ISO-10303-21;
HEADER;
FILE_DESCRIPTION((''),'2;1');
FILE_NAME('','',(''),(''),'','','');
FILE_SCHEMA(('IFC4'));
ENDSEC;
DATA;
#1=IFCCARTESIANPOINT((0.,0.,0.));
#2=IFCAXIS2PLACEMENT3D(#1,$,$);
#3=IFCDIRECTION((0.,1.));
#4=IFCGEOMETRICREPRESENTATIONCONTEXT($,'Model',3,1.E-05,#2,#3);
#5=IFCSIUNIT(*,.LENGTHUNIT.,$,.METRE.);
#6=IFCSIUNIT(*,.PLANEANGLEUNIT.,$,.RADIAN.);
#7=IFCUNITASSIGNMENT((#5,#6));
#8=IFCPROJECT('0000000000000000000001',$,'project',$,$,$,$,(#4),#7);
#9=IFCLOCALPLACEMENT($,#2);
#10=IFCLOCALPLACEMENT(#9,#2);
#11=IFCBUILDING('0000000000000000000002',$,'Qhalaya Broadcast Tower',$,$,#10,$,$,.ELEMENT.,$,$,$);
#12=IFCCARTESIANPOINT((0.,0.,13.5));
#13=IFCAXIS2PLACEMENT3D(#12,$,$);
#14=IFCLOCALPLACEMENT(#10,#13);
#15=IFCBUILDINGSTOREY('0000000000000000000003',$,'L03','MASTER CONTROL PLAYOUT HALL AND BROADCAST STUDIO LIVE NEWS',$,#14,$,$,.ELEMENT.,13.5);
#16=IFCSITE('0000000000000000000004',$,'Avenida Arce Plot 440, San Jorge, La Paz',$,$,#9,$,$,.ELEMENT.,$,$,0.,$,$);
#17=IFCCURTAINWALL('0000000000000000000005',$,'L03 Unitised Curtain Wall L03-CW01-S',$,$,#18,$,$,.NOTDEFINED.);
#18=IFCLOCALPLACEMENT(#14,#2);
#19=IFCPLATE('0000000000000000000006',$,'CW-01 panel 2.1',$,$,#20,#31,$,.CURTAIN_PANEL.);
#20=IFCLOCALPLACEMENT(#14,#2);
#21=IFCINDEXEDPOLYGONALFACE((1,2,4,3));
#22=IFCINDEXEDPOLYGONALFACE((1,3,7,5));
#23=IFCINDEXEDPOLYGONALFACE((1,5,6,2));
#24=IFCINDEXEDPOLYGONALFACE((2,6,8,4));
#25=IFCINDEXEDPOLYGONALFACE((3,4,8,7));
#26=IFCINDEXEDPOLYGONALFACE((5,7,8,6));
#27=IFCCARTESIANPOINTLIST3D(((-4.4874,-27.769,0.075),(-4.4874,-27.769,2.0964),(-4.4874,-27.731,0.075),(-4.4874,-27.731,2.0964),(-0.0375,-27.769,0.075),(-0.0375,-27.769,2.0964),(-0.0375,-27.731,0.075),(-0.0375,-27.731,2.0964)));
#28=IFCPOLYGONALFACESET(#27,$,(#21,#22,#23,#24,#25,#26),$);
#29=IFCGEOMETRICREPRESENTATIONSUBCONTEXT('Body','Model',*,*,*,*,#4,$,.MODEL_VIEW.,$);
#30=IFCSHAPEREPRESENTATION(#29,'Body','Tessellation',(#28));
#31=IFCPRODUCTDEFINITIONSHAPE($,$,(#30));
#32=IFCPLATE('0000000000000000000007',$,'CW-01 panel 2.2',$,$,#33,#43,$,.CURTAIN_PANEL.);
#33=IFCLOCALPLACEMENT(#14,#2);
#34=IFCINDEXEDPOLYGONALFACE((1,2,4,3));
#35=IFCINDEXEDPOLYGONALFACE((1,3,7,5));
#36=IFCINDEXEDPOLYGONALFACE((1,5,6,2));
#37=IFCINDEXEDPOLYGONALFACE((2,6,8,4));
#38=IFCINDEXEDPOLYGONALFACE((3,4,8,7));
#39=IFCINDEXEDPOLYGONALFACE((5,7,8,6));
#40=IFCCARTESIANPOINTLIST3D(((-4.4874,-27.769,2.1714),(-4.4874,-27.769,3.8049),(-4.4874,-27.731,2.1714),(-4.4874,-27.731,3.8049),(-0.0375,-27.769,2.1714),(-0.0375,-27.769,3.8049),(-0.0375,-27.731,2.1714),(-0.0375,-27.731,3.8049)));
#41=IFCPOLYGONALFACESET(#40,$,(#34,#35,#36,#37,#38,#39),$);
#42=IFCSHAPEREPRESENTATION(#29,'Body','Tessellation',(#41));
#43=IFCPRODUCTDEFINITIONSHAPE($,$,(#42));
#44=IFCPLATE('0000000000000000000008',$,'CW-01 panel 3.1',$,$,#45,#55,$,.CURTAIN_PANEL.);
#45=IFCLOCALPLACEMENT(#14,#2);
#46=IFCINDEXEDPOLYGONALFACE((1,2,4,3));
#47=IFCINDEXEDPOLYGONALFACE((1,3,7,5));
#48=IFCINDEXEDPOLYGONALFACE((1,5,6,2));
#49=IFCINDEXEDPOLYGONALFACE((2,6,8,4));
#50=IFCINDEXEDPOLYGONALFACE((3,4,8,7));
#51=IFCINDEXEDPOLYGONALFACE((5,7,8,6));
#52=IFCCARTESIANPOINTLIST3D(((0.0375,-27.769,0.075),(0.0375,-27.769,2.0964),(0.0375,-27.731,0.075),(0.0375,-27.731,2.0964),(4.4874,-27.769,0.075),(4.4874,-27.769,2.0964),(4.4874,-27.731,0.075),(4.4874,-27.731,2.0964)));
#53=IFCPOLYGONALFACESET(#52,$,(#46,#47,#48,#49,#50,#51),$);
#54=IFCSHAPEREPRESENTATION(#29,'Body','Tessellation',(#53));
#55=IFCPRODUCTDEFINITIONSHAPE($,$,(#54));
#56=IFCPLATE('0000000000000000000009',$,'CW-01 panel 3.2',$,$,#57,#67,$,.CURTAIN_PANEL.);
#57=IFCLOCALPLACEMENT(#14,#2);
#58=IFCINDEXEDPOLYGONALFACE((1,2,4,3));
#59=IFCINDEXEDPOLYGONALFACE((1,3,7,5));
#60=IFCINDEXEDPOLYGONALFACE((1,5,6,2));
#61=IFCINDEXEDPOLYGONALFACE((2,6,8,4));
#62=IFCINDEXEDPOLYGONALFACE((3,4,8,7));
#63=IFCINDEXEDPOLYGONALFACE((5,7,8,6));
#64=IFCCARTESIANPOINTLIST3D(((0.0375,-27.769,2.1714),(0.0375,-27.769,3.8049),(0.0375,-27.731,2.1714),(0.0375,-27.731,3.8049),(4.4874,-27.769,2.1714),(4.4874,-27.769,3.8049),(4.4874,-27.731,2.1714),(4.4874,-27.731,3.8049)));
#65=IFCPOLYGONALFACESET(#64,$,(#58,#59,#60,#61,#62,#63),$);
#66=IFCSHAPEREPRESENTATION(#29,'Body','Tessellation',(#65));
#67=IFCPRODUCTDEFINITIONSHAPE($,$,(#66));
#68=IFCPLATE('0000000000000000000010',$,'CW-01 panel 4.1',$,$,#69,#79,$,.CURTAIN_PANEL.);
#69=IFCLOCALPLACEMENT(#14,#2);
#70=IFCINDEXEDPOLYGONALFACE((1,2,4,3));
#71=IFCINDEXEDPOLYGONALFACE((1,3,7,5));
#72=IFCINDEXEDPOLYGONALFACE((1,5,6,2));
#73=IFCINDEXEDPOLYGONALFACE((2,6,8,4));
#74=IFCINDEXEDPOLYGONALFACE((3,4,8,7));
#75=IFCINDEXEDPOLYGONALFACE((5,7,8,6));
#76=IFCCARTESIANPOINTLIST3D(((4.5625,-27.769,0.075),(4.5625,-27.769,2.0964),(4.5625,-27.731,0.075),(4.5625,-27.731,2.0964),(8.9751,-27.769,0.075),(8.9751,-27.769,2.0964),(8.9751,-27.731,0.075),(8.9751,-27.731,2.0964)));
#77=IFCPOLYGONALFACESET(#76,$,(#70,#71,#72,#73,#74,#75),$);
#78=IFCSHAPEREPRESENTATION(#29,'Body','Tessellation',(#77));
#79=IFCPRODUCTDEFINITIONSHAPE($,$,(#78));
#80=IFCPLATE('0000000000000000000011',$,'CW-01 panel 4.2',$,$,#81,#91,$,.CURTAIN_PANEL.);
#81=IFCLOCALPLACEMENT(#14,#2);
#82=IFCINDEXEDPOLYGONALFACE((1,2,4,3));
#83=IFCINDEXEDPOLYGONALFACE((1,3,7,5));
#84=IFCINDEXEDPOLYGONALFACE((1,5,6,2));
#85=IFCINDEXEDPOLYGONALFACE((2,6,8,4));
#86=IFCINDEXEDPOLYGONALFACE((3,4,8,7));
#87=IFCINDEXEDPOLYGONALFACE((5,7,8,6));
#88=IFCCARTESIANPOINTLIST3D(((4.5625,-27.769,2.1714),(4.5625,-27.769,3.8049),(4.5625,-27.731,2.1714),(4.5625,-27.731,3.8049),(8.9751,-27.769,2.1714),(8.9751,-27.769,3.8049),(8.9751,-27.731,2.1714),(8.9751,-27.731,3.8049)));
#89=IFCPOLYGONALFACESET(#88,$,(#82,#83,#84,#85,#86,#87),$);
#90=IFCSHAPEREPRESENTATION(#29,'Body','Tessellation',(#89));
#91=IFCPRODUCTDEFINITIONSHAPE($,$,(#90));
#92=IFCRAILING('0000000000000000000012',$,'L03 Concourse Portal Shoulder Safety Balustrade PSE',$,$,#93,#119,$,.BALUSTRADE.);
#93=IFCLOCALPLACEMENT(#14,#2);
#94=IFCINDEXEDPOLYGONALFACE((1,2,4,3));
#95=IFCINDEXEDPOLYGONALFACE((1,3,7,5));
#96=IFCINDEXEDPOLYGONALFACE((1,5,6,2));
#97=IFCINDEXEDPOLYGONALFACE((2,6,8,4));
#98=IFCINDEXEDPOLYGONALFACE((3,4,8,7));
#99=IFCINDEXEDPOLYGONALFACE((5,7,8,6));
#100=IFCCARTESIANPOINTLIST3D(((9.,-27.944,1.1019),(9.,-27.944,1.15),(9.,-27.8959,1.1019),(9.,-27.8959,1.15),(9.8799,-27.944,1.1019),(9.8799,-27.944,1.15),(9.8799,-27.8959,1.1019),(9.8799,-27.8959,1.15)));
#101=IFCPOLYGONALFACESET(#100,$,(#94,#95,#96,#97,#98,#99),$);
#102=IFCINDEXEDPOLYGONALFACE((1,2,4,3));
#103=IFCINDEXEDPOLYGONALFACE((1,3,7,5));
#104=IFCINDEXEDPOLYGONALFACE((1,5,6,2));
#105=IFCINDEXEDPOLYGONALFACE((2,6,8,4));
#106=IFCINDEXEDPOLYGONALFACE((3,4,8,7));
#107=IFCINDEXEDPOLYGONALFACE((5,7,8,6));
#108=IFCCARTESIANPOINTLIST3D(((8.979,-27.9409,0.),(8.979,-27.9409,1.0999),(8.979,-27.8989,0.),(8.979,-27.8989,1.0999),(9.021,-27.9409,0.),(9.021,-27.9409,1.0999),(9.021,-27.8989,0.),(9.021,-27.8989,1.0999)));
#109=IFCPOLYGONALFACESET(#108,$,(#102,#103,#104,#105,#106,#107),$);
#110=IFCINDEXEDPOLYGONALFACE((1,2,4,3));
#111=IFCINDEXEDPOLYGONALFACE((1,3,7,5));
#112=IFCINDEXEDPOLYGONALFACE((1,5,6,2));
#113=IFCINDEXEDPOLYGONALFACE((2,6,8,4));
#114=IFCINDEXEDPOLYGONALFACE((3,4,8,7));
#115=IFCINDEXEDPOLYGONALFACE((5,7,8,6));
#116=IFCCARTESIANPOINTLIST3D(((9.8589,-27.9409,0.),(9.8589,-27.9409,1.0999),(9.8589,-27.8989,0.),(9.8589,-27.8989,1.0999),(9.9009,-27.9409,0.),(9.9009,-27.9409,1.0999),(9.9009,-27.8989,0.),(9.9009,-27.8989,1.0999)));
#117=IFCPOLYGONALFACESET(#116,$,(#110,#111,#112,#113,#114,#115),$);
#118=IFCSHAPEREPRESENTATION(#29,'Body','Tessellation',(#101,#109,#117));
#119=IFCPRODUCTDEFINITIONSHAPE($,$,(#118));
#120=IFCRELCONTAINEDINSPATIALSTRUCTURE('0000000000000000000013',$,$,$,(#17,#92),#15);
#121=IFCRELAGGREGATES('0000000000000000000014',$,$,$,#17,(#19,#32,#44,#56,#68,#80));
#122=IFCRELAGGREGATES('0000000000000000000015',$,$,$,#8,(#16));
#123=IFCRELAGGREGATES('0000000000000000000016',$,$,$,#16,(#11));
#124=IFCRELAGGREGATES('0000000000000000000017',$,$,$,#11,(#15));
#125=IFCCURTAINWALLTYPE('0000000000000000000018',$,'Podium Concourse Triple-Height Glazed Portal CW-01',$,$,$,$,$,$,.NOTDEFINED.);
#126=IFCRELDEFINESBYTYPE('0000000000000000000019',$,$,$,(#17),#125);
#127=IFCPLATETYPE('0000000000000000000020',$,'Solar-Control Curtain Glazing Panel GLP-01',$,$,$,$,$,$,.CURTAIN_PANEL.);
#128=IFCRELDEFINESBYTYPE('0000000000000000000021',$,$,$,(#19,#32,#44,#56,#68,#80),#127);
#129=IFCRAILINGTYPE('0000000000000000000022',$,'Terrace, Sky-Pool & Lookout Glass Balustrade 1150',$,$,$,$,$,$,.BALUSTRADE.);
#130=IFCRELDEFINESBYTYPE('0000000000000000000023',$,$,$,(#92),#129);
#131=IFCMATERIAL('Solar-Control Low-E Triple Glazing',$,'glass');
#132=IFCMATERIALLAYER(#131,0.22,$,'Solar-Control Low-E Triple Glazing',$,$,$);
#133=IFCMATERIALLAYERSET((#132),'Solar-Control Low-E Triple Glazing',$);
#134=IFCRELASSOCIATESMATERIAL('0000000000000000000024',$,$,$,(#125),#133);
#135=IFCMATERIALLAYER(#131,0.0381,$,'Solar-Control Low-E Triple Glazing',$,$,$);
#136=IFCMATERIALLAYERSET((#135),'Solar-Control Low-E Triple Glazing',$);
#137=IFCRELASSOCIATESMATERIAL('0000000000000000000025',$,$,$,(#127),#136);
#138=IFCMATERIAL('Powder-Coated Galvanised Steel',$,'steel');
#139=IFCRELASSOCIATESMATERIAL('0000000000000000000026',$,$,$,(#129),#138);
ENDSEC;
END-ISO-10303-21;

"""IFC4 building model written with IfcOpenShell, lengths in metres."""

from ifc_helpers import new_model, si_unit, direction, frame, origin, origin_2d, place, context, subcontext, project, spatial, rectangle, extrude, material, layer, layer_set, type_object, element, aggregate, save


model = new_model("IFC4")

# Units and contexts
model_context = context("Model", 3, precision=1e-05, world=origin(), true_north=direction((0.0, 1.0)))
body_context = subcontext(model_context, "Body", "Model", "MODEL_VIEW")
ifc_project = project(units=[si_unit("LENGTHUNIT", "METRE"), si_unit("PLANEANGLEUNIT", "RADIAN")], contexts=[model_context])

# Site, building, storey
site_placement = place(None, origin())
site = spatial("IfcSite", under=ifc_project, at=site_placement, Name="Avenida Arce Plot 440, San Jorge, La Paz", CompositionType="ELEMENT", RefElevation=0.0)
building_placement = place(site_placement, origin())
building = spatial("IfcBuilding", under=site, at=building_placement, Name="Qhalaya Broadcast Tower", CompositionType="ELEMENT")
storey_placement = place(building_placement, frame((0.0, 0.0, 13.5)))
storey = spatial("IfcBuildingStorey", under=building, at=storey_placement, Name="L03", Description="MASTER CONTROL PLAYOUT HALL AND BROADCAST STUDIO LIVE NEWS", CompositionType="ELEMENT", Elevation=13.5)

# Curtain wall, plates
ifc_material_1 = material(Name="Solar-Control Low-E Triple Glazing", Category="glass")
ifc_layer_1 = layer(ifc_material_1, 0.22, Name="Solar-Control Low-E Triple Glazing")
ifc_layer_set_1 = layer_set([ifc_layer_1], Name="Solar-Control Low-E Triple Glazing")
curtain_wall_type = type_object("IfcCurtainWallType", Name="Podium Concourse Triple-Height Glazed Portal CW-01", PredefinedType="NOTDEFINED", material=ifc_layer_set_1)
curtain_wall_placement = place(storey_placement, origin())
curtain_wall = element("IfcCurtainWall", 1, at=curtain_wall_placement, inside=storey, type_object=curtain_wall_type, Name="L03 Unitised Curtain Wall L03-CW01-S", PredefinedType="NOTDEFINED")
ifc_layer_2 = layer(ifc_material_1, 0.0381, Name="Solar-Control Low-E Triple Glazing")
ifc_layer_set_2 = layer_set([ifc_layer_2], Name="Solar-Control Low-E Triple Glazing")
plate_type = type_object("IfcPlateType", Name="Solar-Control Curtain Glazing Panel GLP-01", PredefinedType="CURTAIN_PANEL", material=ifc_layer_set_2)
plate_1_placement = place(storey_placement, frame((-2.2625, -27.75, 0.075), z_axis=(0.0, 0.0, 1.0), x_axis=(1.0, 0.0, 0.0)))
plate_1 = element("IfcPlate", 2, at=plate_1_placement, type_object=plate_type, Name="CW-01 panel 2.1", PredefinedType="CURTAIN_PANEL", context=body_context, shape_type="SweptSolid", body=[
    extrude(rectangle(XDim=4.45, YDim=0.0381, at=origin_2d()), origin(), (0.0, 0.0, 1.0), 2.0215),
])
plate_2_placement = place(storey_placement, frame((-2.2625, -27.75, 2.1714), z_axis=(0.0, 0.0, 1.0), x_axis=(1.0, 0.0, 0.0)))
plate_2 = element("IfcPlate", 3, at=plate_2_placement, type_object=plate_type, Name="CW-01 panel 2.2", PredefinedType="CURTAIN_PANEL", context=body_context, shape_type="SweptSolid", body=[
    extrude(rectangle(XDim=4.45, YDim=0.0381, at=origin_2d()), origin(), (0.0, 0.0, 1.0), 1.6335),
])
plate_3_placement = place(storey_placement, frame((2.2625, -27.75, 0.075), z_axis=(0.0, 0.0, 1.0), x_axis=(1.0, 0.0, 0.0)))
plate_3 = element("IfcPlate", 4, at=plate_3_placement, type_object=plate_type, Name="CW-01 panel 3.1", PredefinedType="CURTAIN_PANEL", context=body_context, shape_type="SweptSolid", body=[
    extrude(rectangle(XDim=4.45, YDim=0.0381, at=origin_2d()), origin(), (0.0, 0.0, 1.0), 2.0215),
])
plate_4_placement = place(storey_placement, frame((2.2625, -27.75, 2.1714), z_axis=(0.0, 0.0, 1.0), x_axis=(1.0, 0.0, 0.0)))
plate_4 = element("IfcPlate", 5, at=plate_4_placement, type_object=plate_type, Name="CW-01 panel 3.2", PredefinedType="CURTAIN_PANEL", context=body_context, shape_type="SweptSolid", body=[
    extrude(rectangle(XDim=4.45, YDim=0.0381, at=origin_2d()), origin(), (0.0, 0.0, 1.0), 1.6335),
])
plate_5_placement = place(storey_placement, frame((6.7688, -27.75, 0.075), z_axis=(0.0, 0.0, 1.0), x_axis=(1.0, 0.0, 0.0)))
plate_5 = element("IfcPlate", 6, at=plate_5_placement, type_object=plate_type, Name="CW-01 panel 4.1", PredefinedType="CURTAIN_PANEL", context=body_context, shape_type="SweptSolid", body=[
    extrude(rectangle(XDim=4.4126, YDim=0.0381, at=origin_2d()), origin(), (0.0, 0.0, 1.0), 2.0215),
])
plate_6_placement = place(storey_placement, frame((6.7688, -27.75, 2.1714), z_axis=(0.0, 0.0, 1.0), x_axis=(1.0, 0.0, 0.0)))
plate_6 = element("IfcPlate", 7, at=plate_6_placement, type_object=plate_type, Name="CW-01 panel 4.2", PredefinedType="CURTAIN_PANEL", context=body_context, shape_type="SweptSolid", body=[
    extrude(rectangle(XDim=4.4126, YDim=0.0381, at=origin_2d()), origin(), (0.0, 0.0, 1.0), 1.6335),
])
aggregate(curtain_wall, [plate_1, plate_2, plate_3, plate_4, plate_5, plate_6])

# Railing
ifc_material_2 = material(Name="Powder-Coated Galvanised Steel", Category="steel")
railing_type = type_object("IfcRailingType", Name="Terrace, Sky-Pool & Lookout Glass Balustrade 1150", PredefinedType="BALUSTRADE", material=ifc_material_2)
railing_placement = place(storey_placement, frame((9.0, -27.9199, 0.0)))
element("IfcRailing", 8, at=railing_placement, inside=storey, type_object=railing_type, Name="L03 Concourse Portal Shoulder Safety Balustrade PSE", PredefinedType="BALUSTRADE", context=body_context, shape_type="SweptSolid", body=[
    extrude(rectangle(XDim=0.0481, YDim=0.0481, at=origin_2d()), frame((0.0, 0.0, 1.126), z_axis=(1.0, 0.0, 0.0), x_axis=(0.0, 1.0, 0.0)), (0.0, 0.0, 1.0), 0.8799),
    extrude(rectangle(XDim=0.042, YDim=0.042, at=origin_2d()), origin(), (0.0, 0.0, 1.0), 1.0999),
    extrude(rectangle(XDim=0.042, YDim=0.042, at=origin_2d()), frame((0.8799, 0.0, 0.0)), (0.0, 0.0, 1.0), 1.0999),
])

save(model, "model.ifc")
